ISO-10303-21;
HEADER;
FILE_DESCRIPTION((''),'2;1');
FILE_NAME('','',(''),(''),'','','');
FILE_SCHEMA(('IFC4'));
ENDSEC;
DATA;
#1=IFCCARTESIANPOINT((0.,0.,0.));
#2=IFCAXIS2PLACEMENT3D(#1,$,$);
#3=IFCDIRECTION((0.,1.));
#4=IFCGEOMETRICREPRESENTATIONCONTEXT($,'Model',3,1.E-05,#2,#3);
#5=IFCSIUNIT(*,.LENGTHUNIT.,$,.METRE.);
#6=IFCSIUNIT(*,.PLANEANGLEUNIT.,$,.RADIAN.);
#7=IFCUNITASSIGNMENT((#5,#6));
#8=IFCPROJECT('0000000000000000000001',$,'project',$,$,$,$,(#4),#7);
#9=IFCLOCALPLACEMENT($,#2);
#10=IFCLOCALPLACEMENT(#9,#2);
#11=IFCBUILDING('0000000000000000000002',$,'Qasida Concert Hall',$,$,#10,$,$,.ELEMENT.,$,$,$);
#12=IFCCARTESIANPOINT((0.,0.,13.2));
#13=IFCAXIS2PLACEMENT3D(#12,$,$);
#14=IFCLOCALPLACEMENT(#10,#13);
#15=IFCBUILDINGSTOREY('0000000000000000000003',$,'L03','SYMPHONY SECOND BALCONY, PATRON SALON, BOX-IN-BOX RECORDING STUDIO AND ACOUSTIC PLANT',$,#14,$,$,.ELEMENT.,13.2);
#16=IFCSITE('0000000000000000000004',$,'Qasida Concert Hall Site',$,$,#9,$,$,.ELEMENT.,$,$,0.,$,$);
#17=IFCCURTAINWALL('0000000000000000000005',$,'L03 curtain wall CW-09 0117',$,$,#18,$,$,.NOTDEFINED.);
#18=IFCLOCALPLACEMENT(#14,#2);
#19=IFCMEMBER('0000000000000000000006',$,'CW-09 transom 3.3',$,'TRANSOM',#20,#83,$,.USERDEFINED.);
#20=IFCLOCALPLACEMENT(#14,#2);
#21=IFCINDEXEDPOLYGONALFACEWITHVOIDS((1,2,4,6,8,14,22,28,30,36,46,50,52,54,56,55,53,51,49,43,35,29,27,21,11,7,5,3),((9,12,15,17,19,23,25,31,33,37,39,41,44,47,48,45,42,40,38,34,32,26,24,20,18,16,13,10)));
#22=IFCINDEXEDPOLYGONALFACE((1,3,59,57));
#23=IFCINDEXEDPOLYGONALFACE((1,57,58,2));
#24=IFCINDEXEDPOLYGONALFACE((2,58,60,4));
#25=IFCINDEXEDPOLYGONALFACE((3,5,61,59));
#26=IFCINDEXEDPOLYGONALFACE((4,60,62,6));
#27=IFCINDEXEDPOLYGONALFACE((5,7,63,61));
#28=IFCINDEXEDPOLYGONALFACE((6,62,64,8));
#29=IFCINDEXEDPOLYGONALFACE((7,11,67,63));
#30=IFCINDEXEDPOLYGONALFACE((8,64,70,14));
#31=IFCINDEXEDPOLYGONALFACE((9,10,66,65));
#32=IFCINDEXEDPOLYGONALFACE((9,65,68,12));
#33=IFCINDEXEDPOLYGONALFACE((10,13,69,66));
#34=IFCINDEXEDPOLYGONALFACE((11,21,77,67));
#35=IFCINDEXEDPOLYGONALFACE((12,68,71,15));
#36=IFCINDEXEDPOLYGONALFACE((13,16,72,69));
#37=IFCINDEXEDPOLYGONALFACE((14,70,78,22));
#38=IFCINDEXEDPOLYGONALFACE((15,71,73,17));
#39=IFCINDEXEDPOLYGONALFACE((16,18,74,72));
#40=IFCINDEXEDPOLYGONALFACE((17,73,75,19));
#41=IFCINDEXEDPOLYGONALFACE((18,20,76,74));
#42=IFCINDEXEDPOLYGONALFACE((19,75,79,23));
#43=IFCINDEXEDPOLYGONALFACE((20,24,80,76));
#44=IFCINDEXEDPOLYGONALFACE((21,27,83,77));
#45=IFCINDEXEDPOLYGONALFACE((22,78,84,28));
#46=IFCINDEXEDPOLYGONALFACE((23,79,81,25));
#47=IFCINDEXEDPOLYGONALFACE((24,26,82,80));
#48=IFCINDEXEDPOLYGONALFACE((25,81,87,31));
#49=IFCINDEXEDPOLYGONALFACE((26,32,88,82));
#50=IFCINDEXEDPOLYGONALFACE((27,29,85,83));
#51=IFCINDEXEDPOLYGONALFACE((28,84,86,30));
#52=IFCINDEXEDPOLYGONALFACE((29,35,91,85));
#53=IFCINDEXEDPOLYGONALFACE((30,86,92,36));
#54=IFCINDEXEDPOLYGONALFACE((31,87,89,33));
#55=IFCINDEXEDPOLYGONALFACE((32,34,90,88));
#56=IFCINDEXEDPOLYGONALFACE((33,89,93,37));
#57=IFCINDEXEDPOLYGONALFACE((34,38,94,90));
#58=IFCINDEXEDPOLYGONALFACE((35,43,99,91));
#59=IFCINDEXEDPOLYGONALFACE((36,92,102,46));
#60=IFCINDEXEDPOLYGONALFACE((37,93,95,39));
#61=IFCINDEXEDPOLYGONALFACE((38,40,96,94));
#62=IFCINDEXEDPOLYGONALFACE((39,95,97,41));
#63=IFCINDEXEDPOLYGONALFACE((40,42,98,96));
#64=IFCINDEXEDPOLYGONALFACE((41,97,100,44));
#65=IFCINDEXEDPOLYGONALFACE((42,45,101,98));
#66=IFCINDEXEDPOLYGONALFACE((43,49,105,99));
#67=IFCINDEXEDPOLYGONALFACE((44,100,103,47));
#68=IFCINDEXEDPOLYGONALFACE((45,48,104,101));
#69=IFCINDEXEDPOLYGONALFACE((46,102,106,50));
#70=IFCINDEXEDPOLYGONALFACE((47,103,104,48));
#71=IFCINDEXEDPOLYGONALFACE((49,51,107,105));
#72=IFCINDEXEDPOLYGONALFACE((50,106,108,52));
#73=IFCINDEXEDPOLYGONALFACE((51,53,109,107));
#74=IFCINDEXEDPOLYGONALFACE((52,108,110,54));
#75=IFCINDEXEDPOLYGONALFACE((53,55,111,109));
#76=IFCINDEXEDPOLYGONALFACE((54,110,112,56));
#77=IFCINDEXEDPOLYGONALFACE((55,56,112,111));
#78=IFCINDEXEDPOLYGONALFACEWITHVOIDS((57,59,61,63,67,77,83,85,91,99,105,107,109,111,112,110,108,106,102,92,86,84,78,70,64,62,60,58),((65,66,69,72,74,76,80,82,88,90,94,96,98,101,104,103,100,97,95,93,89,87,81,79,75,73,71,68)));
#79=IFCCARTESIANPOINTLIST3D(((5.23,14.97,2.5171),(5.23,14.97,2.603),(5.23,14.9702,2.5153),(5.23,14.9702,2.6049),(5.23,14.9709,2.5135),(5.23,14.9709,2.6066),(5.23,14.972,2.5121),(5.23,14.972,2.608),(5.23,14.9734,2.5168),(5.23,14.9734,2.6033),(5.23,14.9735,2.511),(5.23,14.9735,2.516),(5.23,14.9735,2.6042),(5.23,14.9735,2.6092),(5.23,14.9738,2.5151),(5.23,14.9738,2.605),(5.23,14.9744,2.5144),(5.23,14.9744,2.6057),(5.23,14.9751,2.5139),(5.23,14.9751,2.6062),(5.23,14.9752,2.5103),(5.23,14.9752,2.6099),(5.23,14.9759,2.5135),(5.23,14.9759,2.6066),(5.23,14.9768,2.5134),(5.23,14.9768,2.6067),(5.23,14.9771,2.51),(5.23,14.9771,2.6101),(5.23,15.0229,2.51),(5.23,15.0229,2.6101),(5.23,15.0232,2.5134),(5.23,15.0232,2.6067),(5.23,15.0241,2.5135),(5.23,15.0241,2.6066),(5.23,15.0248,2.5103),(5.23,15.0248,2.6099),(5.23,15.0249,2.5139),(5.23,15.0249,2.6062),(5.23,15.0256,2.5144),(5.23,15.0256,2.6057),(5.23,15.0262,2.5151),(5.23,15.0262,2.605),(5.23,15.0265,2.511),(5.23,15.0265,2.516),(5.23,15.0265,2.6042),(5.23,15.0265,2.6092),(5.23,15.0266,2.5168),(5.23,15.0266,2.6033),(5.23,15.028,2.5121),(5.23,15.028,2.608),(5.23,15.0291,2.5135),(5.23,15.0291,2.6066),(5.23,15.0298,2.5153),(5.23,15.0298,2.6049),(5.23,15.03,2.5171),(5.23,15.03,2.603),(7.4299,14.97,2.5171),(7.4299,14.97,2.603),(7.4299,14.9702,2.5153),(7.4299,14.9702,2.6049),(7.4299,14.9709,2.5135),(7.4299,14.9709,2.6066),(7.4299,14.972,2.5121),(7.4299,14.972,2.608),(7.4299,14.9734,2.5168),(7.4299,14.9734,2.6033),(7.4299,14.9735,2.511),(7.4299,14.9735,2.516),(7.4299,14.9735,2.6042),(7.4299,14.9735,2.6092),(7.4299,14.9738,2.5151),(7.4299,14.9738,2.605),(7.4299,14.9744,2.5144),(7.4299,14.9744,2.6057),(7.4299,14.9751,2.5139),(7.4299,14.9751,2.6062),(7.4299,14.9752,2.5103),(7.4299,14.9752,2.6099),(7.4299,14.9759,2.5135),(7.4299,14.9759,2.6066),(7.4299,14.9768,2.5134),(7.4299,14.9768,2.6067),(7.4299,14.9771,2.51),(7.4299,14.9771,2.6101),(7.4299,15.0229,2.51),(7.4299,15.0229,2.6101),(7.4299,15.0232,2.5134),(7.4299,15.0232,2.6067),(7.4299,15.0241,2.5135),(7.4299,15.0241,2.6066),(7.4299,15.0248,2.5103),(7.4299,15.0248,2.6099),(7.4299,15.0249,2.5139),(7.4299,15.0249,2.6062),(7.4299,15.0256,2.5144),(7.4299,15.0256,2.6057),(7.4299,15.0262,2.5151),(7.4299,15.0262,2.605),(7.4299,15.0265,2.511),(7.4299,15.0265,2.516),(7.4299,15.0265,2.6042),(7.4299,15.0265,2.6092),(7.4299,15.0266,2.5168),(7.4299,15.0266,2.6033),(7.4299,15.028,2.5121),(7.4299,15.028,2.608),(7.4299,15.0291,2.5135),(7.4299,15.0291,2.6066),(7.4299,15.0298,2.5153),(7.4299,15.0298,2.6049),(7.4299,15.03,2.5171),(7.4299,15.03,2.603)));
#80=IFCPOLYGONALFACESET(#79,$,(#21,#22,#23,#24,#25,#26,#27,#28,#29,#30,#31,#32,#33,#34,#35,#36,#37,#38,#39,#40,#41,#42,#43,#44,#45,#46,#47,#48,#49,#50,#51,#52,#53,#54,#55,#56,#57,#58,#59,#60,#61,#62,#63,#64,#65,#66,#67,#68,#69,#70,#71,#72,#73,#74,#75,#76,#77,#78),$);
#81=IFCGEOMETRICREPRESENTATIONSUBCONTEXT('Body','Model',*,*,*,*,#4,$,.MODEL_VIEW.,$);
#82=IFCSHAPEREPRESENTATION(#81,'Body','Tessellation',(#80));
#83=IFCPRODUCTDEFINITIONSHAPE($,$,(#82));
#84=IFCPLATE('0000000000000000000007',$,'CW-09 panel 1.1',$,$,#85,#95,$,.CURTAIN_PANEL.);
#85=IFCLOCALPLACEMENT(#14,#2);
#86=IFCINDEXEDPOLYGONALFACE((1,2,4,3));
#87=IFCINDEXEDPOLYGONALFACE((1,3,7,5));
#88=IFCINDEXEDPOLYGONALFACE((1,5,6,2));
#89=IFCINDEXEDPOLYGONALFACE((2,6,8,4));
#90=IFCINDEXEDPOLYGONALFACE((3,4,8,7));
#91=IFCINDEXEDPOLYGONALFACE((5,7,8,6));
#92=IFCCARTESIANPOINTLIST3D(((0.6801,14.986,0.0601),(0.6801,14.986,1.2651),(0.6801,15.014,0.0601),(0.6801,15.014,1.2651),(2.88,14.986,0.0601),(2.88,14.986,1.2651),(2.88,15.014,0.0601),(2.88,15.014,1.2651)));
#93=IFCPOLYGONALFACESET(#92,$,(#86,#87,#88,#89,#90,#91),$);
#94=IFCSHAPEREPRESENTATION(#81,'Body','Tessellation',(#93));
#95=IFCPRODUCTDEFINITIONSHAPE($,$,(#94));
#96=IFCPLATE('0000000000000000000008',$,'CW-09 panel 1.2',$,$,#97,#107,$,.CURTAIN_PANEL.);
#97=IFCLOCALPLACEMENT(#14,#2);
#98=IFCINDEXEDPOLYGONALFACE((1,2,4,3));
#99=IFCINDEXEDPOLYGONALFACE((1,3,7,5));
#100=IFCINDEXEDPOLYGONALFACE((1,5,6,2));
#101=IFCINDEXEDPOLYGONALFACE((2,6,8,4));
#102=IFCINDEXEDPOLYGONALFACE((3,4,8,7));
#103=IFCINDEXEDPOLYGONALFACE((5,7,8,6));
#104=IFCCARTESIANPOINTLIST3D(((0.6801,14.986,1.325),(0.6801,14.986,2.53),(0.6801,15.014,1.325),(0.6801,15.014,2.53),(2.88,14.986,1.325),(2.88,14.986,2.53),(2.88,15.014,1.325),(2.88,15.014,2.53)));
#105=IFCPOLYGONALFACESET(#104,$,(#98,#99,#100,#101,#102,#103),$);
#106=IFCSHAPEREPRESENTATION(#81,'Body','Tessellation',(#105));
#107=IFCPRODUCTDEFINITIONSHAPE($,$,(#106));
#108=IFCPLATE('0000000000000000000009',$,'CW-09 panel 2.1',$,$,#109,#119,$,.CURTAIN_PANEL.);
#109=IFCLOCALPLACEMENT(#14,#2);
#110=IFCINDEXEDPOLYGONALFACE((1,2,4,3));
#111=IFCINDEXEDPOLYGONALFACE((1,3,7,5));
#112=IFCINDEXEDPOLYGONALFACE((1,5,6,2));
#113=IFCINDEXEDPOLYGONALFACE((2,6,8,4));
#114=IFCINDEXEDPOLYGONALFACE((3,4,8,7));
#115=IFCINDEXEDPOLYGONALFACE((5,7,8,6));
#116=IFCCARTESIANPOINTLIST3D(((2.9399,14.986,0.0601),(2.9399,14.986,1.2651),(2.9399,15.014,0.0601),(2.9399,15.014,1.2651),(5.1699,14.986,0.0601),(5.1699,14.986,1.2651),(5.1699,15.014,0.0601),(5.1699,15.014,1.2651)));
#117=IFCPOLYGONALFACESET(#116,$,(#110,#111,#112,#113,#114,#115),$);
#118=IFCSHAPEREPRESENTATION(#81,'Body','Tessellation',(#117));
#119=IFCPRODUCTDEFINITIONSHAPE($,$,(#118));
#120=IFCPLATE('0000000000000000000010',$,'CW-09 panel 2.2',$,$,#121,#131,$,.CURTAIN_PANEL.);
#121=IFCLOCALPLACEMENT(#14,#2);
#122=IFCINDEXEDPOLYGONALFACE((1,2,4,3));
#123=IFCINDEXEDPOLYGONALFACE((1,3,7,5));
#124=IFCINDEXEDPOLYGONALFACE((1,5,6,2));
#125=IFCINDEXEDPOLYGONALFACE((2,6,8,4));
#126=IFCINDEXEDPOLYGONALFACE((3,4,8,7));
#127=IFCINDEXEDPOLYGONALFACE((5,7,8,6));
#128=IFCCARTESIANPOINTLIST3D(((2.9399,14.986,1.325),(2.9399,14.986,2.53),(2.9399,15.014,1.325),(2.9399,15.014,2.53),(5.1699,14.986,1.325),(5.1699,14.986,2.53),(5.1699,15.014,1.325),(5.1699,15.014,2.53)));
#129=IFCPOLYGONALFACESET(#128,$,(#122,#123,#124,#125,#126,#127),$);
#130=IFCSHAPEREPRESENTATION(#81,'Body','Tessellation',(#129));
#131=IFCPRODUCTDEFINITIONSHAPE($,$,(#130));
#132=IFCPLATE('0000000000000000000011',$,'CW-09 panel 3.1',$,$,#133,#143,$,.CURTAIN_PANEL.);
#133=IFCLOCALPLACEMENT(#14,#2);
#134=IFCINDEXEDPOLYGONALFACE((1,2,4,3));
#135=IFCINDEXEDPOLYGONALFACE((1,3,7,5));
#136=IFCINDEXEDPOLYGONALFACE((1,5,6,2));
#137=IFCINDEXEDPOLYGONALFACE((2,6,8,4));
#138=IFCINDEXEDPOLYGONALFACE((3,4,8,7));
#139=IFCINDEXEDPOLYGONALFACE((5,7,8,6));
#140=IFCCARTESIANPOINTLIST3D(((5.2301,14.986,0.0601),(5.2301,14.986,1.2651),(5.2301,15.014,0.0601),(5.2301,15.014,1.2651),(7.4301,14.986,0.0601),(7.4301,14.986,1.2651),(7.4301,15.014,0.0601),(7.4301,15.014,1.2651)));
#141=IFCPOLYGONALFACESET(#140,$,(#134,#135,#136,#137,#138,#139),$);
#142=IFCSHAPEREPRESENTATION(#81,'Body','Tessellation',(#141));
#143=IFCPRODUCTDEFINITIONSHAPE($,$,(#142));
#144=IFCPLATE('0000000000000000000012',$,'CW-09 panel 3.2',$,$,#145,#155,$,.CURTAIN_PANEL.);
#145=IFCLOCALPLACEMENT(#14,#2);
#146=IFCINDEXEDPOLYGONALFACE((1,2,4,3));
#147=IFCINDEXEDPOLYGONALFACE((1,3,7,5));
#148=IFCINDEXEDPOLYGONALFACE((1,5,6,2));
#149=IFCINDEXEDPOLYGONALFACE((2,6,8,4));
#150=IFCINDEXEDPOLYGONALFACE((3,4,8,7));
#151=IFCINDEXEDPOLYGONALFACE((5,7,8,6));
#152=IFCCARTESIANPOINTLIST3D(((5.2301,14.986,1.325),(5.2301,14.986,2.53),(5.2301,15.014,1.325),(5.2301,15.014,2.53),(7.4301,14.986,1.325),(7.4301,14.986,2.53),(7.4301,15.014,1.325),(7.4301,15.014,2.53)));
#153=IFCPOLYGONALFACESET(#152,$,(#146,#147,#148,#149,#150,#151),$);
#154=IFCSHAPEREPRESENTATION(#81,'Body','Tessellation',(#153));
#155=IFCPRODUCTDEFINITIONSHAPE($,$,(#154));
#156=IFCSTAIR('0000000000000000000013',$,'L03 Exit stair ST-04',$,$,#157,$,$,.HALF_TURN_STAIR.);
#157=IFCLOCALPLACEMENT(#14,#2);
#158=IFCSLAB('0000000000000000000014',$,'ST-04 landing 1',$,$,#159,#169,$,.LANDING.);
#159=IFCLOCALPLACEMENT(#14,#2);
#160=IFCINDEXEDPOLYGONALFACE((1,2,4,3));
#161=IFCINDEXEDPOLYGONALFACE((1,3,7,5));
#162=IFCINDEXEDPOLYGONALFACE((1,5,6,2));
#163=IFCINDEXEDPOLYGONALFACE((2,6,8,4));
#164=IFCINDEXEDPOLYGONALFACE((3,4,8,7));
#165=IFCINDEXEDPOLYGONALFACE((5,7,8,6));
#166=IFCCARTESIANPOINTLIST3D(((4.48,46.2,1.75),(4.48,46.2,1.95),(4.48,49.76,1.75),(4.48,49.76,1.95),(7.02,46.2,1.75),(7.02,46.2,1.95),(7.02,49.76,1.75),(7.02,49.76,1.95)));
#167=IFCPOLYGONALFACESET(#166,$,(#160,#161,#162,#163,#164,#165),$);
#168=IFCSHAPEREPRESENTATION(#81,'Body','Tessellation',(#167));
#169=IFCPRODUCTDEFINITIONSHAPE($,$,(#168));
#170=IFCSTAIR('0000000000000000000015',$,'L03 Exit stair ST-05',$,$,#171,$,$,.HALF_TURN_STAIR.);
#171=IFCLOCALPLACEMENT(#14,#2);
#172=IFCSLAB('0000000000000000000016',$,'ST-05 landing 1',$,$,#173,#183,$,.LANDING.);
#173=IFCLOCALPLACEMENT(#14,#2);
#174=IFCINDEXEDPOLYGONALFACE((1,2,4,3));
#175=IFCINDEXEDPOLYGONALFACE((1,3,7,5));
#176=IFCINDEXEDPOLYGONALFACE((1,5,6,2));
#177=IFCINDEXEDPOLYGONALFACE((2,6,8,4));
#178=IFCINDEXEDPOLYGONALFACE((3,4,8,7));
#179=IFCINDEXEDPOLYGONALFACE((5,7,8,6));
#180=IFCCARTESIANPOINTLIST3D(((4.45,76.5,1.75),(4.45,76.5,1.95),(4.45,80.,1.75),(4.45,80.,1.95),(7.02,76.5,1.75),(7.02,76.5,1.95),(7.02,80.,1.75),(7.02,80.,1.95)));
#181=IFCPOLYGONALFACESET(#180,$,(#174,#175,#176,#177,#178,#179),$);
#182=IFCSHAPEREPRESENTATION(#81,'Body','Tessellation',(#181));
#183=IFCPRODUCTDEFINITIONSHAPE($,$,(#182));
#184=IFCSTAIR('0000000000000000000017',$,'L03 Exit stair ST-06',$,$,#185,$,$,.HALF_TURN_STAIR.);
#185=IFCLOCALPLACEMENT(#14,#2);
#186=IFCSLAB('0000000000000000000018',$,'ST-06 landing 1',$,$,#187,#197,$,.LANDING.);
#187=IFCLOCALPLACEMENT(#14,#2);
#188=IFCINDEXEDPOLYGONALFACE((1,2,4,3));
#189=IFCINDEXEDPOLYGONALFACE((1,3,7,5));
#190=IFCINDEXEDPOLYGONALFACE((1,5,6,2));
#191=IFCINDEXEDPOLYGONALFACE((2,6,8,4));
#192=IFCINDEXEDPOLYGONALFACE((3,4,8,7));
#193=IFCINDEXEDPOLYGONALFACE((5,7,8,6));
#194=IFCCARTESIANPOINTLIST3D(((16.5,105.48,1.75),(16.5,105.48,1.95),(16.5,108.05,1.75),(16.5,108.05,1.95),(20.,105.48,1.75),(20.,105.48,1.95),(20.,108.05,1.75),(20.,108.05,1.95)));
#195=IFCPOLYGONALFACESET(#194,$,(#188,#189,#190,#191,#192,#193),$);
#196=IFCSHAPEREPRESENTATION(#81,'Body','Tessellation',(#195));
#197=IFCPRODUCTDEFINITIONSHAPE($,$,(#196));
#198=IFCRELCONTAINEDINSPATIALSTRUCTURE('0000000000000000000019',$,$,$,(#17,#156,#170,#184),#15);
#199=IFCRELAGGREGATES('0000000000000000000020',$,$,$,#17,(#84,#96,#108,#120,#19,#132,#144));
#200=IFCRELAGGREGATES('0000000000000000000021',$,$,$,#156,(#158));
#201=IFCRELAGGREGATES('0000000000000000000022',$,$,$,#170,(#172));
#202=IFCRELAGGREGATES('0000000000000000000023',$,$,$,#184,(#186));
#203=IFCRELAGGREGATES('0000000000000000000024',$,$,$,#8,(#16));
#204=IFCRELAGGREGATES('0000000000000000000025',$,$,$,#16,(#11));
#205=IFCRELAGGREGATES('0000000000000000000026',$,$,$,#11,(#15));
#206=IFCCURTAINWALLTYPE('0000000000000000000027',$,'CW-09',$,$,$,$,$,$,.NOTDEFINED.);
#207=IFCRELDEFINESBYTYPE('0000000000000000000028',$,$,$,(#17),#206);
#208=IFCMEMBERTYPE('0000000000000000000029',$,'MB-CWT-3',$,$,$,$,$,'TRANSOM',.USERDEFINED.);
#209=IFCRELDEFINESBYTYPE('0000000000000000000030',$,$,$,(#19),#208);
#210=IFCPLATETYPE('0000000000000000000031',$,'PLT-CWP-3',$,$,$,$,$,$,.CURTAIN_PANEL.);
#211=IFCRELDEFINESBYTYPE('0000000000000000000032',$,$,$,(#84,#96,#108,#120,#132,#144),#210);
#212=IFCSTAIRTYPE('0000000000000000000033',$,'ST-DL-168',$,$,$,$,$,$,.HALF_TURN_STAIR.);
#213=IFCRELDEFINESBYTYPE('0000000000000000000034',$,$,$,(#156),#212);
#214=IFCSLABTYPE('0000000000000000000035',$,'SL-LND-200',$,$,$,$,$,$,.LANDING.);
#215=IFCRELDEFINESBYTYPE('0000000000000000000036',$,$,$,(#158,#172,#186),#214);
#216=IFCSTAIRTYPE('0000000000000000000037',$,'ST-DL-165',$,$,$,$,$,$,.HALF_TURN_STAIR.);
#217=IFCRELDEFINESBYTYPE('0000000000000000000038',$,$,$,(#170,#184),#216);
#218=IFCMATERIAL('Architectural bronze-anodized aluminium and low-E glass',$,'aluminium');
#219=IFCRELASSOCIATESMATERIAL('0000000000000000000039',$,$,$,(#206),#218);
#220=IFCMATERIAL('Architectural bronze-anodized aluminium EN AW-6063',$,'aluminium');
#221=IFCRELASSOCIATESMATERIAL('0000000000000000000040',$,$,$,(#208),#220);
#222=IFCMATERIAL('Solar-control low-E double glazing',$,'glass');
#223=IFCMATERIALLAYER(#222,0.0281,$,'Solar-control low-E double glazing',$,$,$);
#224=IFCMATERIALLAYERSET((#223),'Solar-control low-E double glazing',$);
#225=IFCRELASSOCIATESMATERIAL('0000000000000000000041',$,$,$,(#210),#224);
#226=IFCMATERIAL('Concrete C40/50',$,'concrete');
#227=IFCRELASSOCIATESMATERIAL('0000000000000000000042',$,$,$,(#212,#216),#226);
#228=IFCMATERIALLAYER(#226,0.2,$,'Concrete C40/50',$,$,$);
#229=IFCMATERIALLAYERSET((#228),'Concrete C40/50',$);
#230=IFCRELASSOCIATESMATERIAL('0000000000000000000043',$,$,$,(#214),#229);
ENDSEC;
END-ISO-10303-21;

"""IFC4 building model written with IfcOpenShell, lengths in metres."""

from ifc_helpers import new_model, si_unit, direction, frame, origin, origin_2d, place, context, subcontext, project, spatial, polyline, rectangle, hollow_rectangle, outline, extrude, material, layer, layer_set, material_profile, profile_set, type_object, element, aggregate, save


model = new_model("IFC4")

# Units and contexts
model_context = context("Model", 3, precision=1e-05, world=origin(), true_north=direction((0.0, 1.0)))
body_context = subcontext(model_context, "Body", "Model", "MODEL_VIEW")
ifc_project = project(units=[si_unit("LENGTHUNIT", "METRE"), si_unit("PLANEANGLEUNIT", "RADIAN")], contexts=[model_context])

# Site, building, storey
site_placement = place(None, origin())
site = spatial("IfcSite", under=ifc_project, at=site_placement, Name="Qasida Concert Hall Site", CompositionType="ELEMENT", RefElevation=0.0)
building_placement = place(site_placement, origin())
building = spatial("IfcBuilding", under=site, at=building_placement, Name="Qasida Concert Hall", CompositionType="ELEMENT")
storey_placement = place(building_placement, frame((0.0, 0.0, 13.2)))
storey = spatial("IfcBuildingStorey", under=building, at=storey_placement, Name="L03", Description="SYMPHONY SECOND BALCONY, PATRON SALON, BOX-IN-BOX RECORDING STUDIO AND ACOUSTIC PLANT", CompositionType="ELEMENT", Elevation=13.2)

# Shared definitions
ifc_material_1 = material(Name="Concrete C40/50", Category="concrete")

# Curtain wall, member, plates
ifc_material_2 = material(Name="Architectural bronze-anodized aluminium and low-E glass", Category="aluminium")
curtain_wall_type = type_object("IfcCurtainWallType", Name="CW-09", PredefinedType="NOTDEFINED", material=ifc_material_2)
curtain_wall_placement = place(storey_placement, origin())
curtain_wall = element("IfcCurtainWall", 1, at=curtain_wall_placement, inside=storey, type_object=curtain_wall_type, Name="L03 curtain wall CW-09 0117", PredefinedType="NOTDEFINED")
ifc_material_3 = material(Name="Architectural bronze-anodized aluminium EN AW-6063", Category="aluminium")
ifc_material_profile_1 = material_profile(ifc_material_3, hollow_rectangle(XDim=0.0601, YDim=0.1001, WallThickness=0.0034, InnerFilletRadius=0.0034, OuterFilletRadius=0.0071, at=origin_2d()), Name="CWT 100x60x3.5")
ifc_profile_set_1 = profile_set([ifc_material_profile_1], Name="Architectural bronze-anodized aluminium EN AW-6063")
member_type_1 = type_object("IfcMemberType", Name="MB-CWT-3", ElementType="TRANSOM", PredefinedType="USERDEFINED", material=ifc_profile_set_1)
member_1_placement = place(storey_placement, frame((5.23, 15.0, 2.5601), z_axis=(1.0, 0.0, 0.0), x_axis=(0.0, 1.0, 0.0)))
member_1 = element("IfcMember", 2, at=member_1_placement, type_object=member_type_1, Name="CW-09 transom 3.3", ObjectType="TRANSOM", PredefinedType="USERDEFINED", context=body_context, shape_type="SweptSolid", body=[
    extrude(hollow_rectangle(XDim=0.0601, YDim=0.1001, WallThickness=0.0034, InnerFilletRadius=0.0034, OuterFilletRadius=0.0071, at=origin_2d()), origin(), (0.0, 0.0, 1.0), 2.2),
])
ifc_material_4 = material(Name="Solar-control low-E double glazing", Category="glass")
ifc_layer_1 = layer(ifc_material_4, 0.0281, Name="Solar-control low-E double glazing")
ifc_layer_set_1 = layer_set([ifc_layer_1], Name="Solar-control low-E double glazing")
plate_type = type_object("IfcPlateType", Name="PLT-CWP-3", PredefinedType="CURTAIN_PANEL", material=ifc_layer_set_1)
plate_1_placement = place(storey_placement, frame((1.78, 15.0, 0.0601), z_axis=(0.0, 0.0, 1.0), x_axis=(1.0, 0.0, 0.0)))
plate_1 = element("IfcPlate", 3, at=plate_1_placement, type_object=plate_type, Name="CW-09 panel 1.1", PredefinedType="CURTAIN_PANEL", context=body_context, shape_type="SweptSolid", body=[
    extrude(rectangle(XDim=2.2, YDim=0.0281, at=origin_2d()), origin(), (0.0, 0.0, 1.0), 1.2051),
])
plate_2_placement = place(storey_placement, frame((1.78, 15.0, 1.325), z_axis=(0.0, 0.0, 1.0), x_axis=(1.0, 0.0, 0.0)))
plate_2 = element("IfcPlate", 4, at=plate_2_placement, type_object=plate_type, Name="CW-09 panel 1.2", PredefinedType="CURTAIN_PANEL", context=body_context, shape_type="SweptSolid", body=[
    extrude(rectangle(XDim=2.2, YDim=0.0281, at=origin_2d()), origin(), (0.0, 0.0, 1.0), 1.2051),
])
plate_3_placement = place(storey_placement, frame((4.0549, 15.0, 0.0601), z_axis=(0.0, 0.0, 1.0), x_axis=(1.0, 0.0, 0.0)))
plate_3 = element("IfcPlate", 5, at=plate_3_placement, type_object=plate_type, Name="CW-09 panel 2.1", PredefinedType="CURTAIN_PANEL", context=body_context, shape_type="SweptSolid", body=[
    extrude(rectangle(XDim=2.23, YDim=0.0281, at=origin_2d()), origin(), (0.0, 0.0, 1.0), 1.2051),
])
plate_4_placement = place(storey_placement, frame((4.0549, 15.0, 1.325), z_axis=(0.0, 0.0, 1.0), x_axis=(1.0, 0.0, 0.0)))
plate_4 = element("IfcPlate", 6, at=plate_4_placement, type_object=plate_type, Name="CW-09 panel 2.2", PredefinedType="CURTAIN_PANEL", context=body_context, shape_type="SweptSolid", body=[
    extrude(rectangle(XDim=2.23, YDim=0.0281, at=origin_2d()), origin(), (0.0, 0.0, 1.0), 1.2051),
])
plate_5_placement = place(storey_placement, frame((6.3301, 15.0, 0.0601), z_axis=(0.0, 0.0, 1.0), x_axis=(1.0, 0.0, 0.0)))
plate_5 = element("IfcPlate", 7, at=plate_5_placement, type_object=plate_type, Name="CW-09 panel 3.1", PredefinedType="CURTAIN_PANEL", context=body_context, shape_type="SweptSolid", body=[
    extrude(rectangle(XDim=2.2, YDim=0.0281, at=origin_2d()), origin(), (0.0, 0.0, 1.0), 1.2051),
])
plate_6_placement = place(storey_placement, frame((6.3301, 15.0, 1.325), z_axis=(0.0, 0.0, 1.0), x_axis=(1.0, 0.0, 0.0)))
plate_6 = element("IfcPlate", 8, at=plate_6_placement, type_object=plate_type, Name="CW-09 panel 3.2", PredefinedType="CURTAIN_PANEL", context=body_context, shape_type="SweptSolid", body=[
    extrude(rectangle(XDim=2.2, YDim=0.0281, at=origin_2d()), origin(), (0.0, 0.0, 1.0), 1.2051),
])
aggregate(curtain_wall, [plate_1, plate_2, plate_3, plate_4, member_1, plate_5, plate_6])

# Stairs, slabs
stair_type_1 = type_object("IfcStairType", Name="ST-DL-168", PredefinedType="HALF_TURN_STAIR", material=ifc_material_1)
stair_1_placement = place(storey_placement, origin())
stair_1 = element("IfcStair", 9, at=stair_1_placement, inside=storey, type_object=stair_type_1, Name="L03 Exit stair ST-04", PredefinedType="HALF_TURN_STAIR")
ifc_layer_2 = layer(ifc_material_1, 0.2, Name="Concrete C40/50")
ifc_layer_set_2 = layer_set([ifc_layer_2], Name="Concrete C40/50")
slab_type = type_object("IfcSlabType", Name="SL-LND-200", PredefinedType="LANDING", material=ifc_layer_set_2)
slab_1_placement = place(storey_placement, frame((0.0, 0.0, 1.75)))
slab_1 = element("IfcSlab", 10, at=slab_1_placement, type_object=slab_type, Name="ST-04 landing 1", PredefinedType="LANDING", context=body_context, shape_type="SweptSolid", body=[
    extrude(outline(polyline([(4.48, 46.2), (7.02, 46.2), (7.02, 49.76), (4.48, 49.76), (4.48, 46.2)])), origin(), (0.0, 0.0, 1.0), 0.2),
])
aggregate(stair_1, [slab_1])
stair_type_2 = type_object("IfcStairType", Name="ST-DL-165", PredefinedType="HALF_TURN_STAIR", material=ifc_material_1)
stair_2_placement = place(storey_placement, origin())
stair_2 = element("IfcStair", 11, at=stair_2_placement, inside=storey, type_object=stair_type_2, Name="L03 Exit stair ST-05", PredefinedType="HALF_TURN_STAIR")
slab_2_placement = place(storey_placement, frame((0.0, 0.0, 1.75)))
slab_2 = element("IfcSlab", 12, at=slab_2_placement, type_object=slab_type, Name="ST-05 landing 1", PredefinedType="LANDING", context=body_context, shape_type="SweptSolid", body=[
    extrude(outline(polyline([(4.45, 76.5), (7.02, 76.5), (7.02, 80.0), (4.45, 80.0), (4.45, 76.5)])), origin(), (0.0, 0.0, 1.0), 0.2),
])
aggregate(stair_2, [slab_2])
stair_3_placement = place(storey_placement, origin())
stair_3 = element("IfcStair", 13, at=stair_3_placement, inside=storey, type_object=stair_type_2, Name="L03 Exit stair ST-06", PredefinedType="HALF_TURN_STAIR")
slab_3_placement = place(storey_placement, frame((0.0, 0.0, 1.75)))
slab_3 = element("IfcSlab", 14, at=slab_3_placement, type_object=slab_type, Name="ST-06 landing 1", PredefinedType="LANDING", context=body_context, shape_type="SweptSolid", body=[
    extrude(outline(polyline([(16.5, 108.05), (16.5, 105.48), (20.0, 105.48), (20.0, 108.05), (16.5, 108.05)])), origin(), (0.0, 0.0, 1.0), 0.2),
])
aggregate(stair_3, [slab_3])

save(model, "model.ifc")
